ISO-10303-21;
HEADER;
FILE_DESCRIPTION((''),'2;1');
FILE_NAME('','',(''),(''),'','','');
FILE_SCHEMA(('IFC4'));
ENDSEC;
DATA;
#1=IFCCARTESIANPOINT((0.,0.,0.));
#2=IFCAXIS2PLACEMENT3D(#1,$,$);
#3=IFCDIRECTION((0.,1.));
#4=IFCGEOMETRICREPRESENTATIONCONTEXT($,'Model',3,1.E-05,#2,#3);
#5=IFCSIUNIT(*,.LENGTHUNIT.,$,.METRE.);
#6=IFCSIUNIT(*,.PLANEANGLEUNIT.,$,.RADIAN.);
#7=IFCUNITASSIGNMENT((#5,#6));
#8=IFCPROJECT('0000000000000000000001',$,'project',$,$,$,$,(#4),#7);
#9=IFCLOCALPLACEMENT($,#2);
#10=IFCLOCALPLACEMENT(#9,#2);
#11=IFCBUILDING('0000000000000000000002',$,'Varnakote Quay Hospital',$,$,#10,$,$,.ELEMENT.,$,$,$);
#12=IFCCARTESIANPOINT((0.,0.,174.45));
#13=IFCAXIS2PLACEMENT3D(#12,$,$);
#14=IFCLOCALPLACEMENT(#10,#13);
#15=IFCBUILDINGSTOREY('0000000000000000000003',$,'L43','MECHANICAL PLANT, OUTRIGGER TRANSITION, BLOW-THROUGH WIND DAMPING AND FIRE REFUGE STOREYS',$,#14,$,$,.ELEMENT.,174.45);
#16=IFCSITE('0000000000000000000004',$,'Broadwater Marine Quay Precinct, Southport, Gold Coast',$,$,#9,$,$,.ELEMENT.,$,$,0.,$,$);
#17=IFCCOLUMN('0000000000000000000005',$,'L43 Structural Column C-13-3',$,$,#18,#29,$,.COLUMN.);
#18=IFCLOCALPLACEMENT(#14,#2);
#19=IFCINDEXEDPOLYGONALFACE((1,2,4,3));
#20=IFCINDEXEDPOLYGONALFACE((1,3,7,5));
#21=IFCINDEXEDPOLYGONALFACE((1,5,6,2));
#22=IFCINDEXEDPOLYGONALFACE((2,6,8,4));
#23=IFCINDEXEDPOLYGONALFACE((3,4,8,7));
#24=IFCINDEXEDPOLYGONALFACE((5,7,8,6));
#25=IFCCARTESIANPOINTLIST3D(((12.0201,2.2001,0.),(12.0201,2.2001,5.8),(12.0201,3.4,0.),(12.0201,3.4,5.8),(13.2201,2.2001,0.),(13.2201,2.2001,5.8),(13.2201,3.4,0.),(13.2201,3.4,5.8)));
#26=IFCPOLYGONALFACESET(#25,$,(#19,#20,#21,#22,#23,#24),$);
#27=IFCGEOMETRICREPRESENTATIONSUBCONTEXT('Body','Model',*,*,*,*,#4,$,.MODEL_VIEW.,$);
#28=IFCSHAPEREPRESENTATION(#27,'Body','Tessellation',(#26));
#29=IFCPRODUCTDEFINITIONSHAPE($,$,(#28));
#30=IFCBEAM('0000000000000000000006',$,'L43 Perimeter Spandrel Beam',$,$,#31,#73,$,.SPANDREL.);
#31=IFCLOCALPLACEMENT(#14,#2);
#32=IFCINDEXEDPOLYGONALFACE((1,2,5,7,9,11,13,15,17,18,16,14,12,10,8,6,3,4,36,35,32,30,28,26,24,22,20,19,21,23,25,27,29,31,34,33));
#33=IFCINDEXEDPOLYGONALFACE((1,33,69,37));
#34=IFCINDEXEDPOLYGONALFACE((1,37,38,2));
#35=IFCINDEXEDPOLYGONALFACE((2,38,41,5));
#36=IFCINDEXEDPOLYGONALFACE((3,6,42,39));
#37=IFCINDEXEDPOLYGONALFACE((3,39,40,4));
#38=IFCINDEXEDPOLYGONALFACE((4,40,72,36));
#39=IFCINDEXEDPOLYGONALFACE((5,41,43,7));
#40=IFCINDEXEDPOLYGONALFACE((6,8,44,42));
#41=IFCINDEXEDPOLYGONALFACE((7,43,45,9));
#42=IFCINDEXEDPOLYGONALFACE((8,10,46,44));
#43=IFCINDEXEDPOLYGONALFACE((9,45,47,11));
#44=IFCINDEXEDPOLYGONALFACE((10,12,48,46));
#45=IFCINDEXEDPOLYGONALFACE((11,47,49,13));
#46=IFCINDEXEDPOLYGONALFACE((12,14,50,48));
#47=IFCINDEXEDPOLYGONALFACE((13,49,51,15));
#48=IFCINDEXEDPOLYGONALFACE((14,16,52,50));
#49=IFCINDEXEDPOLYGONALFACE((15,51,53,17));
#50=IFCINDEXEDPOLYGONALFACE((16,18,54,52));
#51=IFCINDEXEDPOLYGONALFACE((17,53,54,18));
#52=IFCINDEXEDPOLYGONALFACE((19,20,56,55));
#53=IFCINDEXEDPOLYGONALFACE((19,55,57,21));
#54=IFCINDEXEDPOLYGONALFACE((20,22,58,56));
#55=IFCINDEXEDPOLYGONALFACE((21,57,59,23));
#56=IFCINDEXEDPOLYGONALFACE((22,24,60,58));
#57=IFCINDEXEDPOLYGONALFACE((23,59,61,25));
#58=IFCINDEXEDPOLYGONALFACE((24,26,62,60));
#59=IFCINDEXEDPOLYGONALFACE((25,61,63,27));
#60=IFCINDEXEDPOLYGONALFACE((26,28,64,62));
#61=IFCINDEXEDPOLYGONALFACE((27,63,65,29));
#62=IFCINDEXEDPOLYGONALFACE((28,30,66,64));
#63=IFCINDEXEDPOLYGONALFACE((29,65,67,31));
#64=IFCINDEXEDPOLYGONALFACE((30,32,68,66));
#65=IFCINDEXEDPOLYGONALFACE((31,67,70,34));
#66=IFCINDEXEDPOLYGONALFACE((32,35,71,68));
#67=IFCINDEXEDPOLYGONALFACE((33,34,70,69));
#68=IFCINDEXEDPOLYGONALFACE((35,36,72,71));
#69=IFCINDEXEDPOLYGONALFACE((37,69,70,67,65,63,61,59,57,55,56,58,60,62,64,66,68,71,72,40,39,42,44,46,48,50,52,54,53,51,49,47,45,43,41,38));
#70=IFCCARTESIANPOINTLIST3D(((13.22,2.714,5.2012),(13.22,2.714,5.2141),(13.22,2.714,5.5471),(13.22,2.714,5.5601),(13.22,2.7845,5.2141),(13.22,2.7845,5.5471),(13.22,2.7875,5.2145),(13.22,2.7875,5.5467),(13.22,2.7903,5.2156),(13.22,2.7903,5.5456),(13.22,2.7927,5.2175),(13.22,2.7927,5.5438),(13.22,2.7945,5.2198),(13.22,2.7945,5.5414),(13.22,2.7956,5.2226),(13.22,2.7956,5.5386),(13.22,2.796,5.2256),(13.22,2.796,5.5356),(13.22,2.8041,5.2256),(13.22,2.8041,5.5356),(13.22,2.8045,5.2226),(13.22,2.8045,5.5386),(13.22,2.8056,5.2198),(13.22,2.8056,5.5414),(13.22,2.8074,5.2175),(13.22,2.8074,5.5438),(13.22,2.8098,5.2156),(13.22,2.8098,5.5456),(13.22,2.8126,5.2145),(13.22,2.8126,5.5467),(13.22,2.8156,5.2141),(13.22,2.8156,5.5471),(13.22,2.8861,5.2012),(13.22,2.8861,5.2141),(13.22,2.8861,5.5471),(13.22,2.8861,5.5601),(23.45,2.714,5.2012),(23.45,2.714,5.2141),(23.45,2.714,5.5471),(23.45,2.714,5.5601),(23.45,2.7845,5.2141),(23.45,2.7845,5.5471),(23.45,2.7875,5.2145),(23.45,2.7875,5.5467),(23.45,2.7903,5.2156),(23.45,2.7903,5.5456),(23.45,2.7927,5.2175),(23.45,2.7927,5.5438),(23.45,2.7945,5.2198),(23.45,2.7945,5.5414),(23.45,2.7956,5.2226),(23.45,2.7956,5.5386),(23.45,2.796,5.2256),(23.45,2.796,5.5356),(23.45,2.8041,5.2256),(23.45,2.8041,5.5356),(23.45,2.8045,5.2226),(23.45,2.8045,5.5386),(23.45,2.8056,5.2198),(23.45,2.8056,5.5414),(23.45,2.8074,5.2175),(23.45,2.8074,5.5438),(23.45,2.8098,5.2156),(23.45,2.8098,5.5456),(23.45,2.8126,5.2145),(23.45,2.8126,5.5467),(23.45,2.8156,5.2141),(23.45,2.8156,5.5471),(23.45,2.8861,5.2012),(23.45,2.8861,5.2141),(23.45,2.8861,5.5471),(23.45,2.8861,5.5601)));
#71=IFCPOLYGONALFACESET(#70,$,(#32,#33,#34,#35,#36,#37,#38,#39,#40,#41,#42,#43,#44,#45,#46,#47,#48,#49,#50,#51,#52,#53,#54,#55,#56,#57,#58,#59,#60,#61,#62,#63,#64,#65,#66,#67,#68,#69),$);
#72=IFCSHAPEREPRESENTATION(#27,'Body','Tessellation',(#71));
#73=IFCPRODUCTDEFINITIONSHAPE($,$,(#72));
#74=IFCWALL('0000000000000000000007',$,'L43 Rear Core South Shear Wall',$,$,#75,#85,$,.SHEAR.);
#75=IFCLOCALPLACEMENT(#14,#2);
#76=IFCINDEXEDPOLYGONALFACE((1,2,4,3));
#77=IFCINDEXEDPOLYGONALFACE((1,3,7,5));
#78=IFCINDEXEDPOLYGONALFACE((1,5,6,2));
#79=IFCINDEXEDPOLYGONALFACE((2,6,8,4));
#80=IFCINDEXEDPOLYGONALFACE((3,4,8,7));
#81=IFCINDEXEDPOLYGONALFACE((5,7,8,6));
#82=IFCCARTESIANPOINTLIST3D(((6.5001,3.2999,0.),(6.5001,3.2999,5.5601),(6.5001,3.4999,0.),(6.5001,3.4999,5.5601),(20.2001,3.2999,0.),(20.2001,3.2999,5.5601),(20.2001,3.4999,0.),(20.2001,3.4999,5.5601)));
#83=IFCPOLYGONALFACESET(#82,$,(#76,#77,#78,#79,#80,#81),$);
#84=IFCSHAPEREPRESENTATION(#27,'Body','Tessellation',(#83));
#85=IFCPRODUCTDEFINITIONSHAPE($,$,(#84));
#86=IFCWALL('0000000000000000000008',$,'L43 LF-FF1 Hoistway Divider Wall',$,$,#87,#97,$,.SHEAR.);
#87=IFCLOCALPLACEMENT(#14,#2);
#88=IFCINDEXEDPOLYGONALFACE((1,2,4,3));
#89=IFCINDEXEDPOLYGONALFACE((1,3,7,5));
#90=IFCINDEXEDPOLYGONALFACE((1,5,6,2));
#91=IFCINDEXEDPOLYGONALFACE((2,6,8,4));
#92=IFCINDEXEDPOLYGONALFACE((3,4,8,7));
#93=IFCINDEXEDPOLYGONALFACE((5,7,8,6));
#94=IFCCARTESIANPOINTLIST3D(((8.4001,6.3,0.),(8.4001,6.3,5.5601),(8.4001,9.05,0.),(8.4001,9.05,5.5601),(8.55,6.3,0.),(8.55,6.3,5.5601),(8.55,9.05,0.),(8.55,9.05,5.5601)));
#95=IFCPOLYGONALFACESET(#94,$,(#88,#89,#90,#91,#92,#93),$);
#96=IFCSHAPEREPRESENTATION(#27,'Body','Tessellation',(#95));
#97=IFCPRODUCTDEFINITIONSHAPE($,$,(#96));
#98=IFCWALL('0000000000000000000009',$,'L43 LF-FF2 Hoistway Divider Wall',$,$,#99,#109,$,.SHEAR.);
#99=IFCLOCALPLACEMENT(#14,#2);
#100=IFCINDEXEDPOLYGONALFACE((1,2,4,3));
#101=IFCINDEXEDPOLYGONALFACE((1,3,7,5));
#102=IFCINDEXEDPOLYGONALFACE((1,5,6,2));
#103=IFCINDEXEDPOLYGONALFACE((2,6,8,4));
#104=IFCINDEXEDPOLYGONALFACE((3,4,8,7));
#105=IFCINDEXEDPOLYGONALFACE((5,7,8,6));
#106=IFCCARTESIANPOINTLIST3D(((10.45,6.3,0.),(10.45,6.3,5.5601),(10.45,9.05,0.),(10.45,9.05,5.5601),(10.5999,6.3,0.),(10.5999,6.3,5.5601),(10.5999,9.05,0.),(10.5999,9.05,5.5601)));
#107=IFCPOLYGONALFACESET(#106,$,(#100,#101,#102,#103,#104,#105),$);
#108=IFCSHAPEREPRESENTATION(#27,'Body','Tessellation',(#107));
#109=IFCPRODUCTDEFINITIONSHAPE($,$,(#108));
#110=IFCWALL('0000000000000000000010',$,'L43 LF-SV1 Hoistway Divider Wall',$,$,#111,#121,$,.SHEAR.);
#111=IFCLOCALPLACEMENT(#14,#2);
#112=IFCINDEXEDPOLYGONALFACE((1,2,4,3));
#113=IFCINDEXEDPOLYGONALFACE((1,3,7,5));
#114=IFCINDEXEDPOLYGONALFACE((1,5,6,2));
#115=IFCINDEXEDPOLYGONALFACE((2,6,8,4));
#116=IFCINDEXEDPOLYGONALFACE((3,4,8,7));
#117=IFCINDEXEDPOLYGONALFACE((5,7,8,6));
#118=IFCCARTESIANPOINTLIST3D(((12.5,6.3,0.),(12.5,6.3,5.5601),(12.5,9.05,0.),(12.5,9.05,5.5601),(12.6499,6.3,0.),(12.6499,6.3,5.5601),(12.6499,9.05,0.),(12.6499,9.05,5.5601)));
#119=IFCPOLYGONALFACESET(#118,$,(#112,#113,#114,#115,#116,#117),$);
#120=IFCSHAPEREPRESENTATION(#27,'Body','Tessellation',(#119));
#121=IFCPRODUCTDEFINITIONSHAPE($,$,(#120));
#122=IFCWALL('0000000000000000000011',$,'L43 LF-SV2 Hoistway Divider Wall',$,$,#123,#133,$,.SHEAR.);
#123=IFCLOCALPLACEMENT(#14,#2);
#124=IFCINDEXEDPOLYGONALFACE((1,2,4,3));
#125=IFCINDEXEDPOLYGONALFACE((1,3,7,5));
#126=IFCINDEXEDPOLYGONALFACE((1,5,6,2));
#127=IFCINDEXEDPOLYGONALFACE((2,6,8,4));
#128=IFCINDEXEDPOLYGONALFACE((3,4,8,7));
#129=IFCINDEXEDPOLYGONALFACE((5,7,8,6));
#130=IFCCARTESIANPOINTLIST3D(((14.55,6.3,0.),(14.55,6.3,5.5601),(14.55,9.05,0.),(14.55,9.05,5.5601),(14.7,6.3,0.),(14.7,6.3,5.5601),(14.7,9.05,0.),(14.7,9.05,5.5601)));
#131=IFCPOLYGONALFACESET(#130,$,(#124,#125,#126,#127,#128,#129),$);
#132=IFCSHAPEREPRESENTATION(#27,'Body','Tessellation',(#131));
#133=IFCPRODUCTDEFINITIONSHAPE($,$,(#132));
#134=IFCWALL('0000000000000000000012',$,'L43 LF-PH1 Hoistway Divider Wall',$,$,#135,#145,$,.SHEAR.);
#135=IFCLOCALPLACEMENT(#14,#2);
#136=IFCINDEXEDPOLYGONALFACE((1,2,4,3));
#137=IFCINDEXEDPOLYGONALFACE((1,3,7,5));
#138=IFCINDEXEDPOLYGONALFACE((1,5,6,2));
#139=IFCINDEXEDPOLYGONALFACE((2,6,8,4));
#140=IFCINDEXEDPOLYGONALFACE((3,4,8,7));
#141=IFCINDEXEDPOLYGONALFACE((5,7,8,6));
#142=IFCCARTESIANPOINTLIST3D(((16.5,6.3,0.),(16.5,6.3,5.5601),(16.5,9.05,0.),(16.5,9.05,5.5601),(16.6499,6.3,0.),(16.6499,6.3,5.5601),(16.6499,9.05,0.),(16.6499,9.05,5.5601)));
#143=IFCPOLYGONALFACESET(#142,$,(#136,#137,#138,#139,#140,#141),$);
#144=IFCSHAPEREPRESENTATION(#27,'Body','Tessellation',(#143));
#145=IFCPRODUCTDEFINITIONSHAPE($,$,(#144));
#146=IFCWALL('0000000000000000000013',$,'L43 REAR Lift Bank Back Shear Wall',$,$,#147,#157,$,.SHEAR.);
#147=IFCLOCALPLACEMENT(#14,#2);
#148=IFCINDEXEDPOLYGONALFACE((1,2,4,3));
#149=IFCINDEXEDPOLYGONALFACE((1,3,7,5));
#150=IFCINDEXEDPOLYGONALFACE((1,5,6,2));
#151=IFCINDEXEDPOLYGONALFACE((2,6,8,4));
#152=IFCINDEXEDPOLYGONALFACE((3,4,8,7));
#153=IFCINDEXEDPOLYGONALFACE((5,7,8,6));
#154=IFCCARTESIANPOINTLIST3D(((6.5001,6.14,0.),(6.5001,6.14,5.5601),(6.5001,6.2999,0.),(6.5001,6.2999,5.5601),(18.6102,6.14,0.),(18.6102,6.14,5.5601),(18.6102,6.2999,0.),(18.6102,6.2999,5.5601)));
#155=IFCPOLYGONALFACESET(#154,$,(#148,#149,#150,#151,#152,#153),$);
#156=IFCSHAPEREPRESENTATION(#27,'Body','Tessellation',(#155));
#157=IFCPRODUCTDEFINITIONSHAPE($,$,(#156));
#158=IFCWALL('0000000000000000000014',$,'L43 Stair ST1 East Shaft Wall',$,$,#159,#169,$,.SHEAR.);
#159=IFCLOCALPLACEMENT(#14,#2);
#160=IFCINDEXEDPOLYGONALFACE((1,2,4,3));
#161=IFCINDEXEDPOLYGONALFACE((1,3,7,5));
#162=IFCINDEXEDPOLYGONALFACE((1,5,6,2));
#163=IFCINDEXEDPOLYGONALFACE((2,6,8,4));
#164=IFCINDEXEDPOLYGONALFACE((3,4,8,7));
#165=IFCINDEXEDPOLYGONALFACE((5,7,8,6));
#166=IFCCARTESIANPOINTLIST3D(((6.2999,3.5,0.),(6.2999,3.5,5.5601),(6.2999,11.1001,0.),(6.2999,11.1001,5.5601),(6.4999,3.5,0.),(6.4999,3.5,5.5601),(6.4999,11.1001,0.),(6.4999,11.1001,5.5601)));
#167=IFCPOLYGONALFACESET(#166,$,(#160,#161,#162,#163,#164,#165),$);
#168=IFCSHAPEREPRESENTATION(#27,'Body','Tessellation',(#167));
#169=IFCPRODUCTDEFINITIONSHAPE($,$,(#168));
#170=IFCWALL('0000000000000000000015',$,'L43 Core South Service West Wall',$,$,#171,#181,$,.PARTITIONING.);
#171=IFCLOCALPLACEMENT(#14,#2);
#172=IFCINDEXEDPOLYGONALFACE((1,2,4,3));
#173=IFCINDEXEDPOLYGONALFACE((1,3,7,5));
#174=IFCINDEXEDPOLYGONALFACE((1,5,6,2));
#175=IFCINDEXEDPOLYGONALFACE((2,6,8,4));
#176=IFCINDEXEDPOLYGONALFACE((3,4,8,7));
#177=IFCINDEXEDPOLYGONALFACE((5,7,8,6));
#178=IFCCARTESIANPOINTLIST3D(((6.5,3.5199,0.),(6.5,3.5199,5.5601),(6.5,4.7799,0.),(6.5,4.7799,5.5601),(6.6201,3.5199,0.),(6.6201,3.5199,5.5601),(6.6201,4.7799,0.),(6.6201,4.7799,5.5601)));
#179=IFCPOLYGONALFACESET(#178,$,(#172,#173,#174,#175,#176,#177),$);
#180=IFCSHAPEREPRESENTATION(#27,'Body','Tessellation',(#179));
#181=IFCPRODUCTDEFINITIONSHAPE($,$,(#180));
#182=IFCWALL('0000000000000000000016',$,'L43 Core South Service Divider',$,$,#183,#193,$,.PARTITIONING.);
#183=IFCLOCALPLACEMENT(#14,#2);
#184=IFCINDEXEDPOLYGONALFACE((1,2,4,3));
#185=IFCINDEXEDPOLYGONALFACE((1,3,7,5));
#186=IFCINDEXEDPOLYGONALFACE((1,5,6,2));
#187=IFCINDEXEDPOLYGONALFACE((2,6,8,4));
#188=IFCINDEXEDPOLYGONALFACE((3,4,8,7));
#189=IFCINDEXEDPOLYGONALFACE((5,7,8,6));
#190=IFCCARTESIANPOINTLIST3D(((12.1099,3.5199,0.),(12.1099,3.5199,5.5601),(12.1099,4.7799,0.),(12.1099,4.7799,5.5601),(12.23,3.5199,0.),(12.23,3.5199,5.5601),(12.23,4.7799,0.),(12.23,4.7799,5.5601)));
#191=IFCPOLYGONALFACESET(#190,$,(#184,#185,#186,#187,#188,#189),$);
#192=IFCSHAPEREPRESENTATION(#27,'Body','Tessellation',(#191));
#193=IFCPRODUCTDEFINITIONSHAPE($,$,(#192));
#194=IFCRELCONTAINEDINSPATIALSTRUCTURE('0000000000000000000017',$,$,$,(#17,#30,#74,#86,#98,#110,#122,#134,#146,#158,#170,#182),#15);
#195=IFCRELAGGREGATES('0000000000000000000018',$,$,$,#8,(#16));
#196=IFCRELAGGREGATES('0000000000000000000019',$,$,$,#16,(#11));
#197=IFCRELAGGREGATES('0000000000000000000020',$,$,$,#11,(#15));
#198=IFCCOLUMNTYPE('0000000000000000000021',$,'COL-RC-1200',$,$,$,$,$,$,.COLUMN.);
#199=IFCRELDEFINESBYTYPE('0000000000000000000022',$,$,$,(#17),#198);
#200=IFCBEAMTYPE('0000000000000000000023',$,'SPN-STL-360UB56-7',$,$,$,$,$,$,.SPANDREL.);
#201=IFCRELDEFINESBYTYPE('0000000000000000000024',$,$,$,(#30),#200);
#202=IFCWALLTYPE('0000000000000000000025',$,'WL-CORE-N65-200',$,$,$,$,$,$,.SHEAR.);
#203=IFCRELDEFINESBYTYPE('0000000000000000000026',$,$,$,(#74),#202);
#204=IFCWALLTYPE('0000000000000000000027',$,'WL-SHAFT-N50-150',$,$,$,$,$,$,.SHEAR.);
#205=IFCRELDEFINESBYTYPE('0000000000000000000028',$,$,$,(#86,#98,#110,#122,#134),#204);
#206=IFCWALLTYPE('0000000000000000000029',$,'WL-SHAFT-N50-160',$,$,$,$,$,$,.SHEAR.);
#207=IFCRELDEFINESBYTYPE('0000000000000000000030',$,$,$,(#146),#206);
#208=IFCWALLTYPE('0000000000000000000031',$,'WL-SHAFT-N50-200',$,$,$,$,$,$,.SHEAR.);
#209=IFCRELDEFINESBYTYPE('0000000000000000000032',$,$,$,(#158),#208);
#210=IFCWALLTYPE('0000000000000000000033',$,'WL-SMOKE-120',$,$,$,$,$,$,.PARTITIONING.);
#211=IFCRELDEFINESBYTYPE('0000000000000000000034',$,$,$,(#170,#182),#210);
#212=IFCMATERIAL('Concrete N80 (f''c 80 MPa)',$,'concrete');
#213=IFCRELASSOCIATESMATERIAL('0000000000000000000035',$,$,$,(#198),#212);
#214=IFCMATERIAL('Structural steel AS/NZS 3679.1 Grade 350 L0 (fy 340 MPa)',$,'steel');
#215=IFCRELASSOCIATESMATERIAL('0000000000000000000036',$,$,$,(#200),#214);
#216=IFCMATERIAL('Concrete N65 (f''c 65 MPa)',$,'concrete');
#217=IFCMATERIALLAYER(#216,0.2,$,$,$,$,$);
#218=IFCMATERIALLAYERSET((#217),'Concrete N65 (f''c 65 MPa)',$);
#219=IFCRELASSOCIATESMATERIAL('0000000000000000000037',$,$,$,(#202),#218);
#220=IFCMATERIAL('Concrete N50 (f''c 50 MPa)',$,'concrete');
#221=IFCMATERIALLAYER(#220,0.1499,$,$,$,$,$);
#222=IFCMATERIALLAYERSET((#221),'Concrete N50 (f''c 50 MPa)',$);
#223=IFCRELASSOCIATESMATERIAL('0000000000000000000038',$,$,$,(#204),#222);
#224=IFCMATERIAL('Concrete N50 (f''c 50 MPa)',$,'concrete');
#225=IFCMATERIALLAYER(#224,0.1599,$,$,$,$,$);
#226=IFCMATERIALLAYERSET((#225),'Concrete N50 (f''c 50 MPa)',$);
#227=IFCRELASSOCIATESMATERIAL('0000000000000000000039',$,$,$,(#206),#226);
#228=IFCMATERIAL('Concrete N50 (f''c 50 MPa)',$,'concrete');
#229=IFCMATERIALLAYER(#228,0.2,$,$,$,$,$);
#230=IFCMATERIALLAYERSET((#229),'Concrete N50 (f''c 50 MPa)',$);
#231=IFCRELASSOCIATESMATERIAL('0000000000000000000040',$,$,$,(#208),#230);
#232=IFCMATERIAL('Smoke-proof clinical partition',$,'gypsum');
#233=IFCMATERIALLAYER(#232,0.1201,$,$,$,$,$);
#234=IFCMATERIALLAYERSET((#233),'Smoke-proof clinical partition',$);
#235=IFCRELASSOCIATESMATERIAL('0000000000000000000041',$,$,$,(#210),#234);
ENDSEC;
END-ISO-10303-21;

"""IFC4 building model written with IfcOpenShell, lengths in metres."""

from ifc_helpers import new_model, si_unit, direction, frame, frame_2d, origin, origin_2d, place, context, subcontext, project, spatial, rectangle, i_section, extrude, material, layer, layer_set, material_profile, profile_set, type_object, element, save


model = new_model("IFC4")

# Units and contexts
model_context = context("Model", 3, precision=1e-05, world=origin(), true_north=direction((0.0, 1.0)))
body_context = subcontext(model_context, "Body", "Model", "MODEL_VIEW")
ifc_project = project(units=[si_unit("LENGTHUNIT", "METRE"), si_unit("PLANEANGLEUNIT", "RADIAN")], contexts=[model_context])

# Site, building, storey
site_placement = place(None, origin())
site = spatial("IfcSite", under=ifc_project, at=site_placement, Name="Broadwater Marine Quay Precinct, Southport, Gold Coast", CompositionType="ELEMENT", RefElevation=0.0)
building_placement = place(site_placement, origin())
building = spatial("IfcBuilding", under=site, at=building_placement, Name="Varnakote Quay Hospital", CompositionType="ELEMENT")
storey_placement = place(building_placement, frame((0.0, 0.0, 174.45)))
storey = spatial("IfcBuildingStorey", under=building, at=storey_placement, Name="L43", Description="MECHANICAL PLANT, OUTRIGGER TRANSITION, BLOW-THROUGH WIND DAMPING AND FIRE REFUGE STOREYS", CompositionType="ELEMENT", Elevation=174.45)

# Column
ifc_material_1 = material(Name="Concrete N80 (f'c 80 MPa)", Category="concrete")
ifc_material_profile_1 = material_profile(ifc_material_1, rectangle(XDim=1.2, YDim=1.2, at=origin_2d()), Name="RC-COL-1200x1200")
ifc_profile_set_1 = profile_set([ifc_material_profile_1], Name="Concrete N80 (f'c 80 MPa)")
column_type = type_object("IfcColumnType", Name="COL-RC-1200", PredefinedType="COLUMN", material=ifc_profile_set_1)
column_placement = place(storey_placement, frame((12.6201, 2.8, 0.0), z_axis=(0.0, 0.0, 1.0), x_axis=(1.0, 0.0, 0.0)))
element("IfcColumn", 1, at=column_placement, inside=storey, type_object=column_type, Name="L43 Structural Column C-13-3", PredefinedType="COLUMN", context=body_context, shape_type="SweptSolid", body=[
    extrude(rectangle(XDim=1.2, YDim=1.2, at=origin_2d()), origin(), (0.0, 0.0, 1.0), 5.8),
])

# Beam
ifc_material_2 = material(Name="Structural steel AS/NZS 3679.1 Grade 350 L0 (fy 340 MPa)", Category="steel")
ifc_material_profile_2 = material_profile(ifc_material_2, i_section(OverallWidth=0.1721, OverallDepth=0.3589, WebThickness=0.0081, FlangeThickness=0.0129, FilletRadius=0.0115, at=origin_2d()), Name="360UB56.7")
ifc_profile_set_2 = profile_set([ifc_material_profile_2], Name="Structural steel AS/NZS 3679.1 Grade 350 L0 (fy 340 MPa)")
beam_type = type_object("IfcBeamType", Name="SPN-STL-360UB56-7", PredefinedType="SPANDREL", material=ifc_profile_set_2)
beam_placement = place(storey_placement, frame((13.22, 2.8, 5.3806), z_axis=(1.0, 0.0, 0.0), x_axis=(0.0, 1.0, 0.0)))
element("IfcBeam", 2, at=beam_placement, inside=storey, type_object=beam_type, Name="L43 Perimeter Spandrel Beam", PredefinedType="SPANDREL", context=body_context, shape_type="SweptSolid", body=[
    extrude(i_section(OverallWidth=0.1721, OverallDepth=0.3589, WebThickness=0.0081, FlangeThickness=0.0129, FilletRadius=0.0115, at=origin_2d()), origin(), (0.0, 0.0, 1.0), 10.23),
])

# Walls
ifc_material_3 = material(Name="Concrete N65 (f'c 65 MPa)", Category="concrete")
ifc_layer_1 = layer(ifc_material_3, 0.2)
ifc_layer_set_1 = layer_set([ifc_layer_1], Name="Concrete N65 (f'c 65 MPa)")
wall_type_1 = type_object("IfcWallType", Name="WL-CORE-N65-200", PredefinedType="SHEAR", material=ifc_layer_set_1)
wall_1_placement = place(storey_placement, frame((6.5, 3.3999, 0.0), z_axis=(0.0, 0.0, 1.0), x_axis=(1.0, 0.0, 0.0)))
element("IfcWall", 3, at=wall_1_placement, inside=storey, type_object=wall_type_1, Name="L43 Rear Core South Shear Wall", PredefinedType="SHEAR", context=body_context, shape_type="SweptSolid", body=[
    extrude(rectangle(XDim=13.7, YDim=0.2, at=frame_2d((6.8501, 0.0))), origin(), (0.0, 0.0, 1.0), 5.5601),
])
ifc_material_4 = material(Name="Concrete N50 (f'c 50 MPa)", Category="concrete")
ifc_layer_2 = layer(ifc_material_4, 0.1499)
ifc_layer_set_2 = layer_set([ifc_layer_2], Name="Concrete N50 (f'c 50 MPa)")
wall_type_2 = type_object("IfcWallType", Name="WL-SHAFT-N50-150", PredefinedType="SHEAR", material=ifc_layer_set_2)
for number, where, z_axis, x_axis, name in (
    (4, (8.4751, 6.3, 0.0), (0.0, 0.0, 1.0), (0.0, 1.0, 0.0), "L43 LF-FF1 Hoistway Divider Wall"),
    (5, (10.5249, 6.3, 0.0), (0.0, 0.0, 1.0), (0.0, 1.0, 0.0), "L43 LF-FF2 Hoistway Divider Wall"),
    (6, (12.575, 6.3, 0.0), (0.0, 0.0, 1.0), (0.0, 1.0, 0.0), "L43 LF-SV1 Hoistway Divider Wall"),
    (7, (14.625, 6.3, 0.0), (0.0, 0.0, 1.0), (0.0, 1.0, 0.0), "L43 LF-SV2 Hoistway Divider Wall"),
    (8, (16.575, 6.3, 0.0), (0.0, 0.0, 1.0), (0.0, 1.0, 0.0), "L43 LF-PH1 Hoistway Divider Wall"),
):
    element("IfcWall", number, at=place(storey_placement, frame(where, z_axis=z_axis, x_axis=x_axis)), inside=storey, type_object=wall_type_2, Name=name, PredefinedType="SHEAR", context=body_context, shape_type="SweptSolid", body=[
        extrude(rectangle(XDim=2.75, YDim=0.1499, at=frame_2d((1.375, 0.0))), origin(), (0.0, 0.0, 1.0), 5.5601),
    ])
ifc_material_5 = material(Name="Concrete N50 (f'c 50 MPa)", Category="concrete")
ifc_layer_3 = layer(ifc_material_5, 0.1599)
ifc_layer_set_3 = layer_set([ifc_layer_3], Name="Concrete N50 (f'c 50 MPa)")
wall_type_3 = type_object("IfcWallType", Name="WL-SHAFT-N50-160", PredefinedType="SHEAR", material=ifc_layer_set_3)
wall_2_placement = place(storey_placement, frame((6.5, 6.22, 0.0), z_axis=(0.0, 0.0, 1.0), x_axis=(1.0, 0.0, 0.0)))
element("IfcWall", 9, at=wall_2_placement, inside=storey, type_object=wall_type_3, Name="L43 REAR Lift Bank Back Shear Wall", PredefinedType="SHEAR", context=body_context, shape_type="SweptSolid", body=[
    extrude(rectangle(XDim=12.1101, YDim=0.1599, at=frame_2d((6.0552, 0.0))), origin(), (0.0, 0.0, 1.0), 5.5601),
])

# Walls
ifc_material_6 = material(Name="Concrete N50 (f'c 50 MPa)", Category="concrete")
ifc_layer_4 = layer(ifc_material_6, 0.2)
ifc_layer_set_4 = layer_set([ifc_layer_4], Name="Concrete N50 (f'c 50 MPa)")
wall_type_4 = type_object("IfcWallType", Name="WL-SHAFT-N50-200", PredefinedType="SHEAR", material=ifc_layer_set_4)
wall_3_placement = place(storey_placement, frame((6.3999, 3.5, 0.0), z_axis=(0.0, 0.0, 1.0), x_axis=(0.0, 1.0, 0.0)))
element("IfcWall", 10, at=wall_3_placement, inside=storey, type_object=wall_type_4, Name="L43 Stair ST1 East Shaft Wall", PredefinedType="SHEAR", context=body_context, shape_type="SweptSolid", body=[
    extrude(rectangle(XDim=7.6001, YDim=0.2, at=frame_2d((3.8, 0.0))), origin(), (0.0, 0.0, 1.0), 5.5601),
])
ifc_material_7 = material(Name="Smoke-proof clinical partition", Category="gypsum")
ifc_layer_5 = layer(ifc_material_7, 0.1201)
ifc_layer_set_5 = layer_set([ifc_layer_5], Name="Smoke-proof clinical partition")
wall_type_5 = type_object("IfcWallType", Name="WL-SMOKE-120", PredefinedType="PARTITIONING", material=ifc_layer_set_5)
for number, where, z_axis, x_axis, name in (
    (11, (6.5601, 3.52, 0.0), (0.0, 0.0, 1.0), (0.0, 1.0, 0.0), "L43 Core South Service West Wall"),
    (12, (12.1699, 3.52, 0.0), (0.0, 0.0, 1.0), (0.0, 1.0, 0.0), "L43 Core South Service Divider"),
):
    element("IfcWall", number, at=place(storey_placement, frame(where, z_axis=z_axis, x_axis=x_axis)), inside=storey, type_object=wall_type_5, Name=name, PredefinedType="PARTITIONING", context=body_context, shape_type="SweptSolid", body=[
        extrude(rectangle(XDim=1.26, YDim=0.1201, at=frame_2d((0.6299, 0.0))), origin(), (0.0, 0.0, 1.0), 5.5601),
    ])

save(model, "model.ifc")
